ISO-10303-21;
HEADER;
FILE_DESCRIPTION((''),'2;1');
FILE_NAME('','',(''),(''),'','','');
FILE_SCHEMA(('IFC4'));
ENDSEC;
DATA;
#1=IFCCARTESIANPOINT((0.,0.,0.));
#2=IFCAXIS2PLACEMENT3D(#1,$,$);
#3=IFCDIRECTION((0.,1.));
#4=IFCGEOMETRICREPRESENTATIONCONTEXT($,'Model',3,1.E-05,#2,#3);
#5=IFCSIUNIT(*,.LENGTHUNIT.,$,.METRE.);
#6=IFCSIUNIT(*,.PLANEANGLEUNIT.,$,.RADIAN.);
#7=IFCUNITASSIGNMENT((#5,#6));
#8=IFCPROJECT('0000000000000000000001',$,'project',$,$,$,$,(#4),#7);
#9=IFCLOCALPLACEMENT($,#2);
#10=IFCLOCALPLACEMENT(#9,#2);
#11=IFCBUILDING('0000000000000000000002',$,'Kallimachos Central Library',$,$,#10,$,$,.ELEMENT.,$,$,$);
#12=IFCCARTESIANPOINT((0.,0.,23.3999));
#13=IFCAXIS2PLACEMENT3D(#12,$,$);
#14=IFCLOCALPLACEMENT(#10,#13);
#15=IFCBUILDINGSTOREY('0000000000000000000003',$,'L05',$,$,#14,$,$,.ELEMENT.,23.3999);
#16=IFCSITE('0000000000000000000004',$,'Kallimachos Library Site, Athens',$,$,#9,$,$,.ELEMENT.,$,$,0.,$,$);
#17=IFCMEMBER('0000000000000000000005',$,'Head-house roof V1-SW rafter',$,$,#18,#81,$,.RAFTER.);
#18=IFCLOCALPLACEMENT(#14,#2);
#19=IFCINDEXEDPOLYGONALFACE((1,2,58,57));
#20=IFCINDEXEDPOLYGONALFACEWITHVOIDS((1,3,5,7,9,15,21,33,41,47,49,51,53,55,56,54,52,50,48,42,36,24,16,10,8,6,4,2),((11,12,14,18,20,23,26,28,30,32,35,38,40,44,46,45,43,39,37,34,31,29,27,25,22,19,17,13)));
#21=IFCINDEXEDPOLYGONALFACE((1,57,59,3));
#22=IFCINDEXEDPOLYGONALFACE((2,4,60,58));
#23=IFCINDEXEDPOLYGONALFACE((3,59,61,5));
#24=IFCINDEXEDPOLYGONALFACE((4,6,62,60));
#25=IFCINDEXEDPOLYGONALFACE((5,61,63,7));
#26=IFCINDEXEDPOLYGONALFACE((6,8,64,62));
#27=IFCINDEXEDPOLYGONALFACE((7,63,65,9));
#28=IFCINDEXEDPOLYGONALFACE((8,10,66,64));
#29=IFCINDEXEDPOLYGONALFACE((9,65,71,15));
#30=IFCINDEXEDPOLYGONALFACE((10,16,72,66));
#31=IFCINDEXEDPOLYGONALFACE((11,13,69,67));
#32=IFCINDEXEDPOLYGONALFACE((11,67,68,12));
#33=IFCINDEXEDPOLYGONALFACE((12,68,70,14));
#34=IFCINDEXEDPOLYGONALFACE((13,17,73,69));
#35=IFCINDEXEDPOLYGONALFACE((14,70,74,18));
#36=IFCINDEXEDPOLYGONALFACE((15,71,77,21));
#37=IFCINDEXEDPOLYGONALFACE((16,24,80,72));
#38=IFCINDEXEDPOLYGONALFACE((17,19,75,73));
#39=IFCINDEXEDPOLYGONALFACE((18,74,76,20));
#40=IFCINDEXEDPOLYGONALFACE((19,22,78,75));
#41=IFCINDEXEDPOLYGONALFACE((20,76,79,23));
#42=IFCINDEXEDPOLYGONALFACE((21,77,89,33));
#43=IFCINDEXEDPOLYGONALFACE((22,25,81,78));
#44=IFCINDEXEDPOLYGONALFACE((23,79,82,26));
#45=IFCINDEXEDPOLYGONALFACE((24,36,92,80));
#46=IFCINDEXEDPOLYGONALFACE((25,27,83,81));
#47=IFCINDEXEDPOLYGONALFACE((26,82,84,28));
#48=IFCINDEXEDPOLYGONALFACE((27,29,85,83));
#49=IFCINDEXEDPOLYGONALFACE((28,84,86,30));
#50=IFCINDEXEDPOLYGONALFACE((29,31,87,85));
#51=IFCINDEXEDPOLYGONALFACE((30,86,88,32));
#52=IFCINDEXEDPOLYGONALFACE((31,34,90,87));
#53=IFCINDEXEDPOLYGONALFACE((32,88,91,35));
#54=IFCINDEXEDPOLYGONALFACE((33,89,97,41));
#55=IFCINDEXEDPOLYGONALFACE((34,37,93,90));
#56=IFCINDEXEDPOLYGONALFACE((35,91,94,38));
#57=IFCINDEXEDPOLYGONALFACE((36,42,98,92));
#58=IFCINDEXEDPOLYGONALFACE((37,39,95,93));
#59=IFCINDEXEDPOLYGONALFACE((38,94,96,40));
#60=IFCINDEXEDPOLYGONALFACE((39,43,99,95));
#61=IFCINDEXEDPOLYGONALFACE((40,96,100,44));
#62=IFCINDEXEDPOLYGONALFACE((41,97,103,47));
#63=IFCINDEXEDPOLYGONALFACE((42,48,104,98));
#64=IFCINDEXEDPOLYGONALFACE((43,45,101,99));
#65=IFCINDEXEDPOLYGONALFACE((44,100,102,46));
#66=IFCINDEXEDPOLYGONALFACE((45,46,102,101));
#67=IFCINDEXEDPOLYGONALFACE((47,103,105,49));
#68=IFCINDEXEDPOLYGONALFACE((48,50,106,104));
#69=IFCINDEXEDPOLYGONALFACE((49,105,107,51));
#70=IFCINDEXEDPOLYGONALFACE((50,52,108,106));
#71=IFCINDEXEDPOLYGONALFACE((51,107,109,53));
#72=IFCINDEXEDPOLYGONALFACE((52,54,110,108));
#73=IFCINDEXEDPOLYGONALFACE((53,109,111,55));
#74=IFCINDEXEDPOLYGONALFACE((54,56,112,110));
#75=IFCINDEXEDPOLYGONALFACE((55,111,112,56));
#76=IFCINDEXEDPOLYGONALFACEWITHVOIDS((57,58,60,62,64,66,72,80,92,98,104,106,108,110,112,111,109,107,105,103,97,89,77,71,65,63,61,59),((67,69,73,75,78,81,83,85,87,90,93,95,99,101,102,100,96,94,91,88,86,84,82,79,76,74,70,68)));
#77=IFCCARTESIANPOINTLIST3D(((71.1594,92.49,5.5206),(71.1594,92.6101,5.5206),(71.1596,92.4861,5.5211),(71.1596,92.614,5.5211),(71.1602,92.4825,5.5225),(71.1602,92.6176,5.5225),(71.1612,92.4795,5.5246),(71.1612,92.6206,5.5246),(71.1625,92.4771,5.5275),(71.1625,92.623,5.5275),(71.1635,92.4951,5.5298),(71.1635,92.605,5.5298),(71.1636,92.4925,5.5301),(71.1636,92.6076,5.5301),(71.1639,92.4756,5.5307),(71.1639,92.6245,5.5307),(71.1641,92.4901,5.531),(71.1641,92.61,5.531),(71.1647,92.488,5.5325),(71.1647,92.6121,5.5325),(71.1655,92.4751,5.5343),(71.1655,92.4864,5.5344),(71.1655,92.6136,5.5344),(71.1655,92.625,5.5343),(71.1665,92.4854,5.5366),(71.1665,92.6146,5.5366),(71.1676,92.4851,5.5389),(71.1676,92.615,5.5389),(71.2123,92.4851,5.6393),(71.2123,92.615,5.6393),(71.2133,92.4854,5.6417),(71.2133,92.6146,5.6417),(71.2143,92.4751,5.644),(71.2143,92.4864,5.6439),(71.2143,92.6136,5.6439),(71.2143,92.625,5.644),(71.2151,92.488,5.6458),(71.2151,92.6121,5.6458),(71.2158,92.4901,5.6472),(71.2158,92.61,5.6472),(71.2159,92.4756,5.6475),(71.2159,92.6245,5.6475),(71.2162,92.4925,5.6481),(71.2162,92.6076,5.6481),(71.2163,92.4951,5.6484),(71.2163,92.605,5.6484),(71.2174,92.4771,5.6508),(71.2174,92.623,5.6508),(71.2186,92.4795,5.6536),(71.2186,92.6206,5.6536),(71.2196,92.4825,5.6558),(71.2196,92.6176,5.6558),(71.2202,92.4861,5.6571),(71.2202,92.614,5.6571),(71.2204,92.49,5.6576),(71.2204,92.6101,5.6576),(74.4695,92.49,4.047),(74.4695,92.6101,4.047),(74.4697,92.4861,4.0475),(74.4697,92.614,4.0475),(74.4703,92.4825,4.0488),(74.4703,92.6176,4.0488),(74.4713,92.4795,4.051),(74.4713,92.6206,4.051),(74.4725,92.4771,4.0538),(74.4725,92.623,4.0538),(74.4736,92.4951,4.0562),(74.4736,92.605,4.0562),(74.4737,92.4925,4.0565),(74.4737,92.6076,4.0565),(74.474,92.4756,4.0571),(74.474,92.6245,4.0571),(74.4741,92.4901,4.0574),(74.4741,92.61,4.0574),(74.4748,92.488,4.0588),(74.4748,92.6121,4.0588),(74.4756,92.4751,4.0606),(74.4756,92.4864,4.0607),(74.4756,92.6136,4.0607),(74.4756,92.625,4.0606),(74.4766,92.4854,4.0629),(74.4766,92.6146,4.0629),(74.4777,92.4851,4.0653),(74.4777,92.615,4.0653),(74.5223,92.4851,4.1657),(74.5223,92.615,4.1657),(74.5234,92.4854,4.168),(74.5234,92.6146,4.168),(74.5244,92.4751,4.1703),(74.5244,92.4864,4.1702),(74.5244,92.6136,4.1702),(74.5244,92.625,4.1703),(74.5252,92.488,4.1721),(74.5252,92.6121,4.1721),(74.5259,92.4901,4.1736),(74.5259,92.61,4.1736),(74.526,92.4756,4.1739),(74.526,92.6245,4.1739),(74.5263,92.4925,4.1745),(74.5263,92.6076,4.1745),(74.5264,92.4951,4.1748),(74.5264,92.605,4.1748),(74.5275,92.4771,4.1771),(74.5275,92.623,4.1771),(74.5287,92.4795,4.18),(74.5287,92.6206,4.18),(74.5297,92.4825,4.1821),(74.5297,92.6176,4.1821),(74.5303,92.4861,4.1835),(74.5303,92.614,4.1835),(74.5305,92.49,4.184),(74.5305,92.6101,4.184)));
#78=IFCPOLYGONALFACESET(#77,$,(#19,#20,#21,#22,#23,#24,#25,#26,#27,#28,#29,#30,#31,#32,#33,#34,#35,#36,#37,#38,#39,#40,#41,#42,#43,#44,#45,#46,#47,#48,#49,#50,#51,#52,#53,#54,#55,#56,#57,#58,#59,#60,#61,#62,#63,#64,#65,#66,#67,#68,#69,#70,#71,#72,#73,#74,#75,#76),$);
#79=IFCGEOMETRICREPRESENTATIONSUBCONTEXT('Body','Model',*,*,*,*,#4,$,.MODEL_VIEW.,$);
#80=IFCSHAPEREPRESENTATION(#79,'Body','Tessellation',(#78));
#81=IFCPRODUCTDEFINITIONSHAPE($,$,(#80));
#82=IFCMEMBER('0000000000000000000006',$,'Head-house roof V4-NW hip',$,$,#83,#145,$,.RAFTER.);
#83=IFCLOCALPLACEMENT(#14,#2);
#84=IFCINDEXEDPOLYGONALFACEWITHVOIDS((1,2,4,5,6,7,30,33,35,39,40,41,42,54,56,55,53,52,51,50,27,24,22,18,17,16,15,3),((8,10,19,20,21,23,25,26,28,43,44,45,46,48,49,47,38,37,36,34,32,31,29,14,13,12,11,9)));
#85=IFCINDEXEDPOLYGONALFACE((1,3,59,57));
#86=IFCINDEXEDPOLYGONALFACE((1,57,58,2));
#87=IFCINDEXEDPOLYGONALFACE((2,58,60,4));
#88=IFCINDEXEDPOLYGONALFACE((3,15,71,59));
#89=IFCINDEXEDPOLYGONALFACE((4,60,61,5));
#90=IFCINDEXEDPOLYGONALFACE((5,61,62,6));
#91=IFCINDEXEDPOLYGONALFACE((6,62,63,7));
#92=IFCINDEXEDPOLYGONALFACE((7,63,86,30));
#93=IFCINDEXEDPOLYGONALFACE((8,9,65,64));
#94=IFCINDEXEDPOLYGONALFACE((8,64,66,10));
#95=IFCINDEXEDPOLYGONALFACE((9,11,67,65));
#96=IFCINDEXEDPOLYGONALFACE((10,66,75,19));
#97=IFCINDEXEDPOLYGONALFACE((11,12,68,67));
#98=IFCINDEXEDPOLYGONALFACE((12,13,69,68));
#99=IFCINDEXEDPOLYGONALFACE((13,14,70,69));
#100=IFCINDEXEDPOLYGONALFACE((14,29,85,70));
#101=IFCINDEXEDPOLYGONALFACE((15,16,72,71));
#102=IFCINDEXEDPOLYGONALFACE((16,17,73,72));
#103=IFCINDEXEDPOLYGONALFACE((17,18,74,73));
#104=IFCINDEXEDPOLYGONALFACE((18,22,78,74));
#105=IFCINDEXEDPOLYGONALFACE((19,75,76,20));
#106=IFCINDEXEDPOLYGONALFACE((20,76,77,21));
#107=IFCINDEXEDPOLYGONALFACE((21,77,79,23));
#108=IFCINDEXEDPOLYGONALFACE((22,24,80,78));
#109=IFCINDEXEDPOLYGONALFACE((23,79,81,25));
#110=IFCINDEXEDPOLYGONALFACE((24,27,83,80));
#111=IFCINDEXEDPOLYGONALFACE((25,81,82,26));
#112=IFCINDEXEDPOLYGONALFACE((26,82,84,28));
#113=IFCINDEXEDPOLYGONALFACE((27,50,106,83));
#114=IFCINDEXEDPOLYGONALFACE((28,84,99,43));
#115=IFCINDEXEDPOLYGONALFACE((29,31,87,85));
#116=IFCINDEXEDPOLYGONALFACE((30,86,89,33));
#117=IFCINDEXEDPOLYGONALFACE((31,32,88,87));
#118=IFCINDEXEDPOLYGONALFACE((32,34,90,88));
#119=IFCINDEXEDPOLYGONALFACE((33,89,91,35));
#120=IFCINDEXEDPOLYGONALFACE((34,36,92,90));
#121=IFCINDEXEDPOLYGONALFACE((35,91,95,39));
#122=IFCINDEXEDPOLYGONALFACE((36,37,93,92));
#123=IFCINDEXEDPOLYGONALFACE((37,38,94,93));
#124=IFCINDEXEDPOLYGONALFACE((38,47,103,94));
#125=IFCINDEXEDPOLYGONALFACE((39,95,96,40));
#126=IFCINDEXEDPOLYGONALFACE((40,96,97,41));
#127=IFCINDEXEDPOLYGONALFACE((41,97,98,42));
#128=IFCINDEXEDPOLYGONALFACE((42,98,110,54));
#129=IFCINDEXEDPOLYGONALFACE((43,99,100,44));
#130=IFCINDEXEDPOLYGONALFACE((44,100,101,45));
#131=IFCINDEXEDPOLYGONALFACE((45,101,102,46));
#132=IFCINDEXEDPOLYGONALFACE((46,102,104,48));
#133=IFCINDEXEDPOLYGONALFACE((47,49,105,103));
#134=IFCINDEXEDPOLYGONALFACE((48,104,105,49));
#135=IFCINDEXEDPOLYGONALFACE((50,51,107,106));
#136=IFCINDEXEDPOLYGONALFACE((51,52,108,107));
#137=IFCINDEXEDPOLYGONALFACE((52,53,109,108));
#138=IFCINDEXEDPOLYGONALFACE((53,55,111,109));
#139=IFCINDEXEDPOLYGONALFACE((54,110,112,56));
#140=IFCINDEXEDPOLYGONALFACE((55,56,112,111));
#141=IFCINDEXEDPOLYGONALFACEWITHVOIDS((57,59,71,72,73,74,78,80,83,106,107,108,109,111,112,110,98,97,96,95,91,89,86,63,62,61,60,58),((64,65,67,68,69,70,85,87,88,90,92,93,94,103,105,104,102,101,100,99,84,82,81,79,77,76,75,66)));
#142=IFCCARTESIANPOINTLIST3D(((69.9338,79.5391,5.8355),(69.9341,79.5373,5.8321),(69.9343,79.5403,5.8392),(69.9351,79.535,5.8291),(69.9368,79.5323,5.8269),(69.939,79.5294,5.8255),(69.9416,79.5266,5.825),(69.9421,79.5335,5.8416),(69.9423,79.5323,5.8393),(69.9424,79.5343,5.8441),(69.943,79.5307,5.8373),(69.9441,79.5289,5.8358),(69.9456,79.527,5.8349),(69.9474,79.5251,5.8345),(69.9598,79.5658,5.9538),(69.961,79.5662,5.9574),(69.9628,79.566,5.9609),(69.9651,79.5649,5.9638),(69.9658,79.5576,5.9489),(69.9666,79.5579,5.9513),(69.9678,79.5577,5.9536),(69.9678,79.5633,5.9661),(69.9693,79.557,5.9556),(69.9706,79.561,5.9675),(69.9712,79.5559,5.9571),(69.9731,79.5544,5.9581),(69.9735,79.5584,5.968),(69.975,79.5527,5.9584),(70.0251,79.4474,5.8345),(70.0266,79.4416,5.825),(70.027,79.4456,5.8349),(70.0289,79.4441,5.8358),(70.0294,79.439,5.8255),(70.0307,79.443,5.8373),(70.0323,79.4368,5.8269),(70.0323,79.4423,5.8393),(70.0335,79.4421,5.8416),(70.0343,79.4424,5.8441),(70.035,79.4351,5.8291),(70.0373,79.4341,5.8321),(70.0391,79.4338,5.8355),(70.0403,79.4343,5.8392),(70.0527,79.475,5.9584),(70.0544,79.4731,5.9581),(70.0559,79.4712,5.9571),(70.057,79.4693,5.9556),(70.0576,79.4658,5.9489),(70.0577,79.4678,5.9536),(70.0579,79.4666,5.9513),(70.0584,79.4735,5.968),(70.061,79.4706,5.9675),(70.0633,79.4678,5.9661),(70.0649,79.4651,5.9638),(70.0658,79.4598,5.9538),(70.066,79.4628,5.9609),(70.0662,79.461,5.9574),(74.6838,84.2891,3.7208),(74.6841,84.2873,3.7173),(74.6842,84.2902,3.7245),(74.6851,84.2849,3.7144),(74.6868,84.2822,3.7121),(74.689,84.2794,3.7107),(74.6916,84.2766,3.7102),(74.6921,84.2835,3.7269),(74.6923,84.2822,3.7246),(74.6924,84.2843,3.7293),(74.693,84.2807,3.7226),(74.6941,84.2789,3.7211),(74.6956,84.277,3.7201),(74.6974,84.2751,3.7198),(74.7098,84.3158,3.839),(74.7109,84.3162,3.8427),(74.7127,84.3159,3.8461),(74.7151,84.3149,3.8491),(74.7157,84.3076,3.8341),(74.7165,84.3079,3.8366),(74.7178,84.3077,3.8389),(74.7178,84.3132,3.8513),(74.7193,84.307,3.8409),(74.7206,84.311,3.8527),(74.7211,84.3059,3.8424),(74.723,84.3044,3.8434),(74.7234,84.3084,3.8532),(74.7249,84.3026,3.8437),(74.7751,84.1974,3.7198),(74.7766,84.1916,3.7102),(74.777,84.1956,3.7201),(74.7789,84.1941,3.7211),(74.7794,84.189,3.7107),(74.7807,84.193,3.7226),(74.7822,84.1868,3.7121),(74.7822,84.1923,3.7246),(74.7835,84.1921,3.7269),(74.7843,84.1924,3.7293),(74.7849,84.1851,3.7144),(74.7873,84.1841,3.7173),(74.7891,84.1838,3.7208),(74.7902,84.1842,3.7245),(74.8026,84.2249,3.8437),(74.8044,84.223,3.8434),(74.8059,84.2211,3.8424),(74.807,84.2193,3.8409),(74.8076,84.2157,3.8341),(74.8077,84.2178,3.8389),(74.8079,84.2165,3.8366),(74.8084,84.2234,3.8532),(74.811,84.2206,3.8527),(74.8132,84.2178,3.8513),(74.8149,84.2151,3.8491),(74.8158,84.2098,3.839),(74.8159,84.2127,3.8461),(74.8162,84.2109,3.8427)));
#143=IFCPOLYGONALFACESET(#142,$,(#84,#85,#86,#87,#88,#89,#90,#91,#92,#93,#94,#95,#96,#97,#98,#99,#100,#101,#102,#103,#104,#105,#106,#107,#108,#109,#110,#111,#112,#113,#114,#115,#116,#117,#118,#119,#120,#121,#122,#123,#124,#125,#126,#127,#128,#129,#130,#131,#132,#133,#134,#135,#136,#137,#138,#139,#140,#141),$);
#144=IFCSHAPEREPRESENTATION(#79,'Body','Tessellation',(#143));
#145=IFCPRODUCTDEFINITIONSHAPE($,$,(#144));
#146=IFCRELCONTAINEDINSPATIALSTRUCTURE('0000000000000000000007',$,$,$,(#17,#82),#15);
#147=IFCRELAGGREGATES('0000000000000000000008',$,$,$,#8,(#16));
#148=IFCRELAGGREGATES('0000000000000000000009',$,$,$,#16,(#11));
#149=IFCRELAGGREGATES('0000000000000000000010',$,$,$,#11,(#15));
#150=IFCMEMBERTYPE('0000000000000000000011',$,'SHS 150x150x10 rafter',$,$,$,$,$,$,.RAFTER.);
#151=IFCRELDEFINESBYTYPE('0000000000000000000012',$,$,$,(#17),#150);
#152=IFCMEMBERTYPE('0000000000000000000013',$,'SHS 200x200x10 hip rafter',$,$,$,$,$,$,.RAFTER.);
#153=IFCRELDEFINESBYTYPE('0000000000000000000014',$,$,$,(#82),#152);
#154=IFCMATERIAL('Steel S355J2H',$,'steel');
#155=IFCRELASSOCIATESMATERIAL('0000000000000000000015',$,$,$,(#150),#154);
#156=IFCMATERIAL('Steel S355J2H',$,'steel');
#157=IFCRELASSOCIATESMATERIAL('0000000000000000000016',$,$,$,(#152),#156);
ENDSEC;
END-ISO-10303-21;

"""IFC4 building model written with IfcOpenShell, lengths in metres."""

from ifc_helpers import new_model, si_unit, direction, frame, origin, origin_2d, place, context, subcontext, project, spatial, hollow_rectangle, extrude, material, material_profile, profile_set, type_object, element, save


model = new_model("IFC4")

# Units and contexts
model_context = context("Model", 3, precision=1e-05, world=origin(), true_north=direction((0.0, 1.0)))
body_context = subcontext(model_context, "Body", "Model", "MODEL_VIEW")
ifc_project = project(units=[si_unit("LENGTHUNIT", "METRE"), si_unit("PLANEANGLEUNIT", "RADIAN")], contexts=[model_context])

# Site, building, storey
site_placement = place(None, origin())
site = spatial("IfcSite", under=ifc_project, at=site_placement, Name="Kallimachos Library Site, Athens", CompositionType="ELEMENT", RefElevation=0.0)
building_placement = place(site_placement, origin())
building = spatial("IfcBuilding", under=site, at=building_placement, Name="Kallimachos Central Library", CompositionType="ELEMENT")
storey_placement = place(building_placement, frame((0.0, 0.0, 23.3999)))
storey = spatial("IfcBuildingStorey", under=building, at=storey_placement, Name="L05", CompositionType="ELEMENT", Elevation=23.3999)

# Members
ifc_material_1 = material(Name="Steel S355J2H", Category="steel")
ifc_material_profile_1 = material_profile(ifc_material_1, hollow_rectangle(XDim=0.1499, YDim=0.1499, WallThickness=0.01, InnerFilletRadius=0.01, OuterFilletRadius=0.0149, at=origin_2d()), Name="SHS 150x150x10")
ifc_profile_set_1 = profile_set([ifc_material_profile_1], Name="Steel S355J2H")
member_type_1 = type_object("IfcMemberType", Name="SHS 150x150x10 rafter", PredefinedType="RAFTER", material=ifc_profile_set_1)
member_1_placement = place(storey_placement, frame((74.5, 92.55, 4.1155), z_axis=(-0.913556, 0.0, 0.406714), x_axis=(0.0, -1.0, 0.0)))
element("IfcMember", 1, at=member_1_placement, inside=storey, type_object=member_type_1, Name="Head-house roof V1-SW rafter", PredefinedType="RAFTER", context=body_context, shape_type="SweptSolid", body=[
    extrude(hollow_rectangle(XDim=0.1499, YDim=0.1499, WallThickness=0.01, InnerFilletRadius=0.01, OuterFilletRadius=0.0149, at=origin_2d()), origin(), (0.0, 0.0, 1.0), 3.6233),
])
ifc_material_2 = material(Name="Steel S355J2H", Category="steel")
ifc_material_profile_2 = material_profile(ifc_material_2, hollow_rectangle(XDim=0.1499, YDim=0.1499, WallThickness=0.01, InnerFilletRadius=0.01, OuterFilletRadius=0.0149, at=origin_2d()), Name="SHS 150x150x10")
ifc_profile_set_2 = profile_set([ifc_material_profile_2], Name="Steel S355J2H")
member_type_2 = type_object("IfcMemberType", Name="SHS 200x200x10 hip rafter", PredefinedType="RAFTER", material=ifc_profile_set_2)
member_2_placement = place(storey_placement, frame((74.75, 84.25, 3.7817), z_axis=(-0.674474, -0.674474, 0.300282), x_axis=(0.707107, -0.707107, 0.0)))
element("IfcMember", 2, at=member_2_placement, inside=storey, type_object=member_type_2, Name="Head-house roof V4-NW hip", PredefinedType="RAFTER", context=body_context, shape_type="SweptSolid", body=[
    extrude(hollow_rectangle(XDim=0.1499, YDim=0.1499, WallThickness=0.01, InnerFilletRadius=0.01, OuterFilletRadius=0.0149, at=origin_2d()), origin(), (0.0, 0.0, 1.0), 7.0425),
])

save(model, "model.ifc")
